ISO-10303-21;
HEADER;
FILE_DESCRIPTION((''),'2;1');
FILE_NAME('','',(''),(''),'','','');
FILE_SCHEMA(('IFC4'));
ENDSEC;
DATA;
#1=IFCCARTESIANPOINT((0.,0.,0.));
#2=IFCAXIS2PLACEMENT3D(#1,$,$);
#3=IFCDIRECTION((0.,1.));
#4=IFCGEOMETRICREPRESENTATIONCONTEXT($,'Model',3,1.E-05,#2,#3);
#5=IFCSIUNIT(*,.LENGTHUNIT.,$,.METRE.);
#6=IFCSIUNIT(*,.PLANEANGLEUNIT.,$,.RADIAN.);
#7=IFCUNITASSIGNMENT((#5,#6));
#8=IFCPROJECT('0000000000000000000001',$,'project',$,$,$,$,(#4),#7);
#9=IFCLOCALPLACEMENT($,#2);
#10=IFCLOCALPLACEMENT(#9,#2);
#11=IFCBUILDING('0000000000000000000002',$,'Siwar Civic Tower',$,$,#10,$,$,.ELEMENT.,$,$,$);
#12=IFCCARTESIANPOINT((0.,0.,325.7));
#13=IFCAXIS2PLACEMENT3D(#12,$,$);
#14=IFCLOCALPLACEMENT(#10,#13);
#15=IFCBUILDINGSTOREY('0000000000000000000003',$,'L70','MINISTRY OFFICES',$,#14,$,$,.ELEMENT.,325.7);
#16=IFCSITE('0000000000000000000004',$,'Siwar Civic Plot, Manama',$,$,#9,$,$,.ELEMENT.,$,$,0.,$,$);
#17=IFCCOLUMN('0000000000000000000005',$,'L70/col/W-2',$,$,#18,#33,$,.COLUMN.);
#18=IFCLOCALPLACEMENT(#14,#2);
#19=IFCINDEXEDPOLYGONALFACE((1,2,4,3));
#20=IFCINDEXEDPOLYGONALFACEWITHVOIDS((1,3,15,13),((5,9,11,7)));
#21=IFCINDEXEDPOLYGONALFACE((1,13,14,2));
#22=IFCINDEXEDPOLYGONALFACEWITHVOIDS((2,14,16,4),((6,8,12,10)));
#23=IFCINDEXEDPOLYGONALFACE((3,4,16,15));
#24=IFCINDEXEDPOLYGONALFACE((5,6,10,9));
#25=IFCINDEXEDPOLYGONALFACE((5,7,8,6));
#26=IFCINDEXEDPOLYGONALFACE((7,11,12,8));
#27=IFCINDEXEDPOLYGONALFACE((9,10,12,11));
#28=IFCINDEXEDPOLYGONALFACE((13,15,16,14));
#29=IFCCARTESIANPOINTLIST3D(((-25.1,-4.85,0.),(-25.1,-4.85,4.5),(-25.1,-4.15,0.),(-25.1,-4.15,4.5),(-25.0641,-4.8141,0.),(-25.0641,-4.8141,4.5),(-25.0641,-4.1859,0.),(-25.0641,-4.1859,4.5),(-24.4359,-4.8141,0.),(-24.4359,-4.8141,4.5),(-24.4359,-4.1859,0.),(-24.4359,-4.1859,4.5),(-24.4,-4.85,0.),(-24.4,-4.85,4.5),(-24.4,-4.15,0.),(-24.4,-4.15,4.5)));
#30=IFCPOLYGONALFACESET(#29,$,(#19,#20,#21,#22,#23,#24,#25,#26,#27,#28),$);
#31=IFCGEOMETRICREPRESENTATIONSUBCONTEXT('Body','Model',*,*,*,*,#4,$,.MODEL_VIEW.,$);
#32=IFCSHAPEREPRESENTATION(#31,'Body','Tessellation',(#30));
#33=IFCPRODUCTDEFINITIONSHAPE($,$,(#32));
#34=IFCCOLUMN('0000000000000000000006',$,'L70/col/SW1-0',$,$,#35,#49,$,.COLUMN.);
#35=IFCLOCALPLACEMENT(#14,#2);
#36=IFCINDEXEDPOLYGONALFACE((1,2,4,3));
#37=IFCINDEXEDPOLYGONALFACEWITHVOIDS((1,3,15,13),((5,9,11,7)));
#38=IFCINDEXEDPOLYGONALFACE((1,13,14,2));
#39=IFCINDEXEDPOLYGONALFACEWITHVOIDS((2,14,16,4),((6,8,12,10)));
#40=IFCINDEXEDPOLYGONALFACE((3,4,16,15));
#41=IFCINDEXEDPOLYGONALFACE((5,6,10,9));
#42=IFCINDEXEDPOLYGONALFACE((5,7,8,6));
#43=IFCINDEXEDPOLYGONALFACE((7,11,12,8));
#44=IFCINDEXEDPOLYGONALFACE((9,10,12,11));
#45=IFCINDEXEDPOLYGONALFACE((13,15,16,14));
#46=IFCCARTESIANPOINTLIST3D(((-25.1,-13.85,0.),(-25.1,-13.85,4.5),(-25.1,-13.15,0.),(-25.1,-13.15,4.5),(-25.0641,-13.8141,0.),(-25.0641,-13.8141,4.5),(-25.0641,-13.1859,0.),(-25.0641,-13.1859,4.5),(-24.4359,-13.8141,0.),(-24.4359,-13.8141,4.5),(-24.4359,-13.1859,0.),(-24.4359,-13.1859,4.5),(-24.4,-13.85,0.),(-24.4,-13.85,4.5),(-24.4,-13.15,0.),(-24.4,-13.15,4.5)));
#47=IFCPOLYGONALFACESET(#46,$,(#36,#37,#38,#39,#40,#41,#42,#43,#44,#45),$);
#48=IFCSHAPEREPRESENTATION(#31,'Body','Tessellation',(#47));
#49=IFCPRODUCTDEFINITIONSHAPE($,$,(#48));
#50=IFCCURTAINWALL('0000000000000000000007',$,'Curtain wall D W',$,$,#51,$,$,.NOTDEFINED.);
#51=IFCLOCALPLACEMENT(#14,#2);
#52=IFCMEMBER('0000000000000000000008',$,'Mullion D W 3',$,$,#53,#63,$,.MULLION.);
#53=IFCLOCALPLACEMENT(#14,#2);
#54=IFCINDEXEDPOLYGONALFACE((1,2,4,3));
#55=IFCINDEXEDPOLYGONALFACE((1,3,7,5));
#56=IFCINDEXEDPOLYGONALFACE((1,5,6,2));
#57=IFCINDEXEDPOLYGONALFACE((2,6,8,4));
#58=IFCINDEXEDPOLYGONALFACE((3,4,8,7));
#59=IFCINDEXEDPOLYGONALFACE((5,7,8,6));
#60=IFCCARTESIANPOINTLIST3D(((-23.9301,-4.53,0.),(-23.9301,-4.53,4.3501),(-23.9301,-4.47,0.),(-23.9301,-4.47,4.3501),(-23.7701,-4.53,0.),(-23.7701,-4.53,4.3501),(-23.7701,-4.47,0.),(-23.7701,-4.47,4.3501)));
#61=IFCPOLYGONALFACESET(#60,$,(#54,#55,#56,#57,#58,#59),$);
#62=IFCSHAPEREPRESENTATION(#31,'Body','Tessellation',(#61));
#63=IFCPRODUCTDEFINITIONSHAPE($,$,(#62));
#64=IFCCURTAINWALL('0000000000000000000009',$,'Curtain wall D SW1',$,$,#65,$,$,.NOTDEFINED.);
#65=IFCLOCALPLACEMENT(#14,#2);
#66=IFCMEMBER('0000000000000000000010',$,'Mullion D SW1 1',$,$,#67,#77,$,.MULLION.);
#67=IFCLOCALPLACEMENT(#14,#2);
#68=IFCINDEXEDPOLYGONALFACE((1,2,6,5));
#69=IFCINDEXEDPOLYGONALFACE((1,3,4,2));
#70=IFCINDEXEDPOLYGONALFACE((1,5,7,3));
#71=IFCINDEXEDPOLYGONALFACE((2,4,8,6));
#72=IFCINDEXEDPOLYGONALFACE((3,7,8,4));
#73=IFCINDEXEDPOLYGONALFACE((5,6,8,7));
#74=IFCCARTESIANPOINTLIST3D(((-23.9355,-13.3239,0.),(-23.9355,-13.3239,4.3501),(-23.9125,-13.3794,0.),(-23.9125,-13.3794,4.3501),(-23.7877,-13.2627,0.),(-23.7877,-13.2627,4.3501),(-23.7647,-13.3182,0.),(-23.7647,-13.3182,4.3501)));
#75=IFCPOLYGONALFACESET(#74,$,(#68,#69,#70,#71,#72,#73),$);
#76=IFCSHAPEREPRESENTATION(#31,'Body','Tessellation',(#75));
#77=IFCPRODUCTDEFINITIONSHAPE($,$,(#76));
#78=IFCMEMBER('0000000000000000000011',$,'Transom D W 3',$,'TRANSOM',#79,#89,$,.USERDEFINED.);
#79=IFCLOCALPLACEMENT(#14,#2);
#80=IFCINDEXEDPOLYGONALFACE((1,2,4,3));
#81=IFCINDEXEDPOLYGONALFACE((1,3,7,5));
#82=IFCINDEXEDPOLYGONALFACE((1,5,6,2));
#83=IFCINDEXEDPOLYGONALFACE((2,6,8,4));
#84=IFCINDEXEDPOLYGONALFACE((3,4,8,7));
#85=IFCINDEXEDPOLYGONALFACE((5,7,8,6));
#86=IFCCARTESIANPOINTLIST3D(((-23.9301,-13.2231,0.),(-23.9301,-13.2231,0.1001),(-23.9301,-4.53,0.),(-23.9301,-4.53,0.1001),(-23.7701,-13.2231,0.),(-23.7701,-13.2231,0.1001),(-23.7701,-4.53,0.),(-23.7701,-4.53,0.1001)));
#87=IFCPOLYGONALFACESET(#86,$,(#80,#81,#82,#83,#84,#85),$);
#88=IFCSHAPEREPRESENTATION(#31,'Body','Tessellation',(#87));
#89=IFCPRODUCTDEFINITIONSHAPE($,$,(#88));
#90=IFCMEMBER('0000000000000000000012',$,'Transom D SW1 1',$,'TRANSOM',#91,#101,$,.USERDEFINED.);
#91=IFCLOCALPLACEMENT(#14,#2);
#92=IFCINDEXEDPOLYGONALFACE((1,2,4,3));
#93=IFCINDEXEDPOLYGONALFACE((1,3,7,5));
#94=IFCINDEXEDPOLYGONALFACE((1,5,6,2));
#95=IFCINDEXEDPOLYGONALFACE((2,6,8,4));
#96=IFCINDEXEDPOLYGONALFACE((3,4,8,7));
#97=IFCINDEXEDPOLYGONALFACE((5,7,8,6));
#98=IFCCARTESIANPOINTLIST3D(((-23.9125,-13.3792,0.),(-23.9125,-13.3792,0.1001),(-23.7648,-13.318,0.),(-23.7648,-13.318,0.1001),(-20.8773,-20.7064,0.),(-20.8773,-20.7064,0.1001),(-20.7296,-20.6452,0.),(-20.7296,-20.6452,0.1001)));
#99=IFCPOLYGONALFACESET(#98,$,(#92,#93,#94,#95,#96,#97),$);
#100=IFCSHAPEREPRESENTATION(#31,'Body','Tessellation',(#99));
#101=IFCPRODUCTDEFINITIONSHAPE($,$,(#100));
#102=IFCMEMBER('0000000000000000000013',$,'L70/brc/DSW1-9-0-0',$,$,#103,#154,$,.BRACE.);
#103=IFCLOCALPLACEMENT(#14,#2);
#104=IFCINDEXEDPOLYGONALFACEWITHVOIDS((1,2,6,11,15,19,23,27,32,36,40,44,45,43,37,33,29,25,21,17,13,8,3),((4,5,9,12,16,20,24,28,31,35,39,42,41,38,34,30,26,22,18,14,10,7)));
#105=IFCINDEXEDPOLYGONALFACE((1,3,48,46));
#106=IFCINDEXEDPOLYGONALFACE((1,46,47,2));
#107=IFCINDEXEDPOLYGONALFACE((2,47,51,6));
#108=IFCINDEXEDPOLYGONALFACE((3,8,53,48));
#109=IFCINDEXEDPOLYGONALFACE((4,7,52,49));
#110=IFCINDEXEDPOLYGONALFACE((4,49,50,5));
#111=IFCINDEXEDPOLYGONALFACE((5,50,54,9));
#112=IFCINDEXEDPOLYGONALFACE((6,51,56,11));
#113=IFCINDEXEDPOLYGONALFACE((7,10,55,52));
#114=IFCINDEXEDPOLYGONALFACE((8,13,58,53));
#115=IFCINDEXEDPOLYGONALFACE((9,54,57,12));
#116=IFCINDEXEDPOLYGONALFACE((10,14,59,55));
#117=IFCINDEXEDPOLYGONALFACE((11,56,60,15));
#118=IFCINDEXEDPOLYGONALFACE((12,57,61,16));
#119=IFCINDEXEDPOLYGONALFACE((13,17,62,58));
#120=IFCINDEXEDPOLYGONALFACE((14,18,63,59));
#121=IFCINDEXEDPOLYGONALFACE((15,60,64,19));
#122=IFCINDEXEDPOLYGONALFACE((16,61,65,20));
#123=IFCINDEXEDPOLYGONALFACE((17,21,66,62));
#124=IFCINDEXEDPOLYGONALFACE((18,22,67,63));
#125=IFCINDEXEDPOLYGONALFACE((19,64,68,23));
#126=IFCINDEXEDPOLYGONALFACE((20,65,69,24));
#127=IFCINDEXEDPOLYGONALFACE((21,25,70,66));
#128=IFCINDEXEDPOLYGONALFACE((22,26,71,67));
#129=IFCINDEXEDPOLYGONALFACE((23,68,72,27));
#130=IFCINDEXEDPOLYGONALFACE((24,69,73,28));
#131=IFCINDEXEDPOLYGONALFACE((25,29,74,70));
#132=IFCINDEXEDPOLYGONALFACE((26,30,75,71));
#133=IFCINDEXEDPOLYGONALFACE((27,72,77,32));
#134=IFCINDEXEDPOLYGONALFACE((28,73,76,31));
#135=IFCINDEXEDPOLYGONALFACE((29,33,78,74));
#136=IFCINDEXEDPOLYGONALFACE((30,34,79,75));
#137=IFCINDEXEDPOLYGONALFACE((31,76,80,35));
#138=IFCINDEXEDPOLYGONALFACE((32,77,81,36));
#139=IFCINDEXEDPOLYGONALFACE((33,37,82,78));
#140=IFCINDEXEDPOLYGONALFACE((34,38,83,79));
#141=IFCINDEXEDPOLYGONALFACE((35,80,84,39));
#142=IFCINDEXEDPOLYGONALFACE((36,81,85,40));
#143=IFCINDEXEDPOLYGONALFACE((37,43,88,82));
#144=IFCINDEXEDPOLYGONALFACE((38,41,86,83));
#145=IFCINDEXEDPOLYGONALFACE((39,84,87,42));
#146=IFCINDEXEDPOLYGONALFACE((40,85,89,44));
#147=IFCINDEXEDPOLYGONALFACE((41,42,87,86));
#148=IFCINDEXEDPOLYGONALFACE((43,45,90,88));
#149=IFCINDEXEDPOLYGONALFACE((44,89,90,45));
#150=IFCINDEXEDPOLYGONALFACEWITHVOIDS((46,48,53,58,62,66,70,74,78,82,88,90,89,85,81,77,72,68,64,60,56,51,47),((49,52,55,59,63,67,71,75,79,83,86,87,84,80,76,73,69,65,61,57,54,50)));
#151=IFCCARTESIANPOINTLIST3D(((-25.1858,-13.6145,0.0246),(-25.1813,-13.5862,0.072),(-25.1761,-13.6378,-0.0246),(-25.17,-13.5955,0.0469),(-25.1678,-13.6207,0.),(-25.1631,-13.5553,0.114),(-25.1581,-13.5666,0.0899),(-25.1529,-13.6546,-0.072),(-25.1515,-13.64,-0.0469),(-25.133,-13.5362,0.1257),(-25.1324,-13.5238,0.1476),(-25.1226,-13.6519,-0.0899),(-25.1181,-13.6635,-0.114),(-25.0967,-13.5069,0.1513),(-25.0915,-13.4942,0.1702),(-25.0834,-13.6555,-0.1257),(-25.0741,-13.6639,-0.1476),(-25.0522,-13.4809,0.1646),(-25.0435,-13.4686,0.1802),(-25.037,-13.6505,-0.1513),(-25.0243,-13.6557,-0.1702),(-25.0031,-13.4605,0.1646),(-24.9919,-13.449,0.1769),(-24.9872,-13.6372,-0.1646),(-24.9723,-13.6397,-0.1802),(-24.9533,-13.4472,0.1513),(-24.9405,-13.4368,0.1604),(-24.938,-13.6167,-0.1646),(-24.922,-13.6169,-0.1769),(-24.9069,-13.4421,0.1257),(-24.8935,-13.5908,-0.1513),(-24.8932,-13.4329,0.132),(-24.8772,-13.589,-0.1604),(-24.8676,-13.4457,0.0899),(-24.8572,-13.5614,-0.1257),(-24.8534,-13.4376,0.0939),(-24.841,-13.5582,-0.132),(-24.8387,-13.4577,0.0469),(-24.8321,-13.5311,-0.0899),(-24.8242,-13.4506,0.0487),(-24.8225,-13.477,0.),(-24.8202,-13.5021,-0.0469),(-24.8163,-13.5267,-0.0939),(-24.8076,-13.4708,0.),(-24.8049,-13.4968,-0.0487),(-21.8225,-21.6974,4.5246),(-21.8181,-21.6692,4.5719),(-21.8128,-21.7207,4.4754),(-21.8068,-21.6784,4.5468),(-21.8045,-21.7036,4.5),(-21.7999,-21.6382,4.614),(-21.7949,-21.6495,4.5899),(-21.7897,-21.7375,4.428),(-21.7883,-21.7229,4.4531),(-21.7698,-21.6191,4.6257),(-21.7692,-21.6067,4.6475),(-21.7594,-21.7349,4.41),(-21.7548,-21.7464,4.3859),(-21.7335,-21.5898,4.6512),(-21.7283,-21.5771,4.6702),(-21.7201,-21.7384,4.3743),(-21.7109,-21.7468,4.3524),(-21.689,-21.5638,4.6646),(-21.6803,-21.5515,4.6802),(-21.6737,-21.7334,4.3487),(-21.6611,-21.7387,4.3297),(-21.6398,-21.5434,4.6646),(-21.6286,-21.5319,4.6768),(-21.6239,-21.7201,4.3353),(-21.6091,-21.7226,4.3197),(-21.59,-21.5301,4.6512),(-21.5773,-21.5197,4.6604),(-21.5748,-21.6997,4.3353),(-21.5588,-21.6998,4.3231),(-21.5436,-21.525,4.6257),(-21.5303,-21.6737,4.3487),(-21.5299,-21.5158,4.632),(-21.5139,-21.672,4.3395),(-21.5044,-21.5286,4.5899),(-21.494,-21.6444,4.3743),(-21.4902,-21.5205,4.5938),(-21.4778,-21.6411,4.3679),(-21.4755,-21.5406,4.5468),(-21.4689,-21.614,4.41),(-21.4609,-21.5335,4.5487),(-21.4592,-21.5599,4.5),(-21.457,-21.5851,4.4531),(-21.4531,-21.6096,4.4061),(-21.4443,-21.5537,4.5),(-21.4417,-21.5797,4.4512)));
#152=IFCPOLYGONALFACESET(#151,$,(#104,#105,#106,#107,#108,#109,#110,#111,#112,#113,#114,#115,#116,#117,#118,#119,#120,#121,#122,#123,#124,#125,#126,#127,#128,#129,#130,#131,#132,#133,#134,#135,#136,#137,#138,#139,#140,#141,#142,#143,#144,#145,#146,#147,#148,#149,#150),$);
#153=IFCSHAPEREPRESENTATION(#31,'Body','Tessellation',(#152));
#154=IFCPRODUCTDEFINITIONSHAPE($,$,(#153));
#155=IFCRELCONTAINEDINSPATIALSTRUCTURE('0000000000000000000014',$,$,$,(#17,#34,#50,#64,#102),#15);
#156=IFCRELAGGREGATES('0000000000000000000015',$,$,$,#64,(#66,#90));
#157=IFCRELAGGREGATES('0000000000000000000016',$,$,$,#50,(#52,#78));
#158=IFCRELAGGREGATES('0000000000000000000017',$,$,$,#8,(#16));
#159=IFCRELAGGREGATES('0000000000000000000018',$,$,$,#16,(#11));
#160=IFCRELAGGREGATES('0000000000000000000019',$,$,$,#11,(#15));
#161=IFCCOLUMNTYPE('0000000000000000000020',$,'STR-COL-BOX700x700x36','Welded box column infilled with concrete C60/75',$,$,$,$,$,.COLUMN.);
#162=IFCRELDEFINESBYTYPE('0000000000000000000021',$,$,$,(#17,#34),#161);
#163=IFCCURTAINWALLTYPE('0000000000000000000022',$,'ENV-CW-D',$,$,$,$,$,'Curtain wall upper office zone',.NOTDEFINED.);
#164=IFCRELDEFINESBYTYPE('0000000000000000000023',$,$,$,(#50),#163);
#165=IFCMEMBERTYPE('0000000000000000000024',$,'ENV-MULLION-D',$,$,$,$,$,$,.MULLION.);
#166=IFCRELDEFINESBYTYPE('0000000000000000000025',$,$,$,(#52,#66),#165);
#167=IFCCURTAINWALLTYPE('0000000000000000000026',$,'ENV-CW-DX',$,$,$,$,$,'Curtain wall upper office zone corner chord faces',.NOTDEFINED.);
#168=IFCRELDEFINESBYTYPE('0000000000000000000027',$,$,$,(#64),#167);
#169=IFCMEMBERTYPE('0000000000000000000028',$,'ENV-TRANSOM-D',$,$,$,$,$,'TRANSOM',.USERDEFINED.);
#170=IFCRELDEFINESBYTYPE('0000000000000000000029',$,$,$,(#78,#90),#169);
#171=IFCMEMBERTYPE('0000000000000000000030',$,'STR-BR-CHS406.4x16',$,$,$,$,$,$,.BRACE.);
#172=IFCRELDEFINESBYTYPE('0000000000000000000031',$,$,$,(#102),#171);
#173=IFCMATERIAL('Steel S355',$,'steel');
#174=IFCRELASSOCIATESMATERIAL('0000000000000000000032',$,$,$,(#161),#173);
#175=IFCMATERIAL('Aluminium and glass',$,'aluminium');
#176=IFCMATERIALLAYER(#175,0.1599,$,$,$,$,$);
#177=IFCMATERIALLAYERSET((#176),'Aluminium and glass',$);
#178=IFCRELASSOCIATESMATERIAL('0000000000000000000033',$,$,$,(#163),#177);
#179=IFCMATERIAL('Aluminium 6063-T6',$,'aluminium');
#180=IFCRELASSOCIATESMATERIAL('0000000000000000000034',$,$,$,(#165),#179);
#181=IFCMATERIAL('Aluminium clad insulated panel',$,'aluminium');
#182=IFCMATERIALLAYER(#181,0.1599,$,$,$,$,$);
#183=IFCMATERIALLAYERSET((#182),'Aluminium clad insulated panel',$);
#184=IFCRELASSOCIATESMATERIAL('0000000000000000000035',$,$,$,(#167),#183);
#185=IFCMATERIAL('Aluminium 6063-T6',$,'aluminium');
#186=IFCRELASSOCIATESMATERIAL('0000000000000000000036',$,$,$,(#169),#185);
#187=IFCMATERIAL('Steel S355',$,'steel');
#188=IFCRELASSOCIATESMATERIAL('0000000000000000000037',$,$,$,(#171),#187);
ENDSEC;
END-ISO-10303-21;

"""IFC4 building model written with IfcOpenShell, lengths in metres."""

from ifc_helpers import new_model, si_unit, direction, frame, origin, origin_2d, place, context, subcontext, project, spatial, rectangle, hollow_rectangle, hollow_circle, extrude, material, layer, layer_set, material_profile, profile_set, type_object, element, aggregate, save


model = new_model("IFC4")

# Units and contexts
model_context = context("Model", 3, precision=1e-05, world=origin(), true_north=direction((0.0, 1.0)))
body_context = subcontext(model_context, "Body", "Model", "MODEL_VIEW")
ifc_project = project(units=[si_unit("LENGTHUNIT", "METRE"), si_unit("PLANEANGLEUNIT", "RADIAN")], contexts=[model_context])

# Site, building, storey
site_placement = place(None, origin())
site = spatial("IfcSite", under=ifc_project, at=site_placement, Name="Siwar Civic Plot, Manama", CompositionType="ELEMENT", RefElevation=0.0)
building_placement = place(site_placement, origin())
building = spatial("IfcBuilding", under=site, at=building_placement, Name="Siwar Civic Tower", CompositionType="ELEMENT")
storey_placement = place(building_placement, frame((0.0, 0.0, 325.7)))
storey = spatial("IfcBuildingStorey", under=building, at=storey_placement, Name="L70", Description="MINISTRY OFFICES", CompositionType="ELEMENT", Elevation=325.7)

# Columns
ifc_material_1 = material(Name="Steel S355", Category="steel")
ifc_material_profile_1 = material_profile(ifc_material_1, hollow_rectangle(XDim=0.7, YDim=0.7, WallThickness=0.0359, at=origin_2d()), Name="BOX700x700x36")
ifc_profile_set_1 = profile_set([ifc_material_profile_1], Name="Steel S355")
column_type = type_object("IfcColumnType", Name="STR-COL-BOX700x700x36", Description="Welded box column infilled with concrete C60/75", PredefinedType="COLUMN", material=ifc_profile_set_1)
for number, where, z_axis, x_axis, name in (
    (1, (-24.75, -4.5, 0.0), (0.0, 0.0, 1.0), (1.0, 0.0, 0.0), "L70/col/W-2"),
    (2, (-24.75, -13.5, 0.0), (0.0, 0.0, 1.0), (1.0, 0.0, 0.0), "L70/col/SW1-0"),
):
    element("IfcColumn", number, at=place(storey_placement, frame(where, z_axis=z_axis, x_axis=x_axis)), inside=storey, type_object=column_type, Name=name, PredefinedType="COLUMN", context=body_context, shape_type="SweptSolid", body=[
        extrude(hollow_rectangle(XDim=0.7, YDim=0.7, WallThickness=0.0359, at=origin_2d()), origin(), (0.0, 0.0, 1.0), 4.5),
    ])

# Curtain walls, members
ifc_material_2 = material(Name="Aluminium and glass", Category="aluminium")
ifc_layer_1 = layer(ifc_material_2, 0.1599)
ifc_layer_set_1 = layer_set([ifc_layer_1], Name="Aluminium and glass")
curtain_wall_type_1 = type_object("IfcCurtainWallType", Name="ENV-CW-D", ElementType="Curtain wall upper office zone", PredefinedType="NOTDEFINED", material=ifc_layer_set_1)
curtain_wall_1_placement = place(storey_placement, origin())
curtain_wall_1 = element("IfcCurtainWall", 3, at=curtain_wall_1_placement, inside=storey, type_object=curtain_wall_type_1, Name="Curtain wall D W", PredefinedType="NOTDEFINED")
ifc_material_3 = material(Name="Aluminium 6063-T6", Category="aluminium")
ifc_material_profile_2 = material_profile(ifc_material_3, rectangle(XDim=0.1599, YDim=0.0601, at=origin_2d()), Name="AL 160x60")
ifc_profile_set_2 = profile_set([ifc_material_profile_2], Name="Aluminium 6063-T6")
member_type_1 = type_object("IfcMemberType", Name="ENV-MULLION-D", PredefinedType="MULLION", material=ifc_profile_set_2)
member_1_placement = place(storey_placement, frame((-23.8501, -4.5, 0.0), z_axis=(0.0, 0.0, 1.0), x_axis=(1.0, 0.0, 0.0)))
member_1 = element("IfcMember", 4, at=member_1_placement, type_object=member_type_1, Name="Mullion D W 3", PredefinedType="MULLION", context=body_context, shape_type="SweptSolid", body=[
    extrude(rectangle(XDim=0.1599, YDim=0.0601, at=origin_2d()), origin(), (0.0, 0.0, 1.0), 4.3501),
])
ifc_material_4 = material(Name="Aluminium clad insulated panel", Category="aluminium")
ifc_layer_2 = layer(ifc_material_4, 0.1599)
ifc_layer_set_2 = layer_set([ifc_layer_2], Name="Aluminium clad insulated panel")
curtain_wall_type_2 = type_object("IfcCurtainWallType", Name="ENV-CW-DX", ElementType="Curtain wall upper office zone corner chord faces", PredefinedType="NOTDEFINED", material=ifc_layer_set_2)
curtain_wall_2_placement = place(storey_placement, origin())
curtain_wall_2 = element("IfcCurtainWall", 5, at=curtain_wall_2_placement, inside=storey, type_object=curtain_wall_type_2, Name="Curtain wall D SW1", PredefinedType="NOTDEFINED")
member_2_placement = place(storey_placement, frame((-23.8501, -13.321, 0.0), z_axis=(0.0, 0.0, 1.0), x_axis=(0.92388, 0.382683, 0.0)))
member_2 = element("IfcMember", 6, at=member_2_placement, type_object=member_type_1, Name="Mullion D SW1 1", PredefinedType="MULLION", context=body_context, shape_type="SweptSolid", body=[
    extrude(rectangle(XDim=0.1599, YDim=0.0601, at=origin_2d()), origin(), (0.0, 0.0, 1.0), 4.3501),
])

# Members
ifc_material_5 = material(Name="Aluminium 6063-T6", Category="aluminium")
ifc_material_profile_3 = material_profile(ifc_material_5, rectangle(XDim=0.1599, YDim=0.1001, at=origin_2d()), Name="AL 160x100")
ifc_profile_set_3 = profile_set([ifc_material_profile_3], Name="Aluminium 6063-T6")
member_type_2 = type_object("IfcMemberType", Name="ENV-TRANSOM-D", ElementType="TRANSOM", PredefinedType="USERDEFINED", material=ifc_profile_set_3)
member_3_placement = place(storey_placement, frame((-23.8501, -4.53, 0.05), z_axis=(0.0, -1.0, 0.0), x_axis=(1.0, 0.0, 0.0)))
member_3 = element("IfcMember", 7, at=member_3_placement, type_object=member_type_2, Name="Transom D W 3", ObjectType="TRANSOM", PredefinedType="USERDEFINED", context=body_context, shape_type="SweptSolid", body=[
    extrude(rectangle(XDim=0.1599, YDim=0.1001, at=origin_2d()), origin(), (0.0, 0.0, 1.0), 8.6931),
])
member_4_placement = place(storey_placement, frame((-23.8386, -13.3486, 0.05), z_axis=(0.3827, -0.923873, 0.0), x_axis=(0.923873, 0.3827, 0.0)))
member_4 = element("IfcMember", 8, at=member_4_placement, type_object=member_type_2, Name="Transom D SW1 1", ObjectType="TRANSOM", PredefinedType="USERDEFINED", context=body_context, shape_type="SweptSolid", body=[
    extrude(rectangle(XDim=0.1599, YDim=0.1001, at=origin_2d()), origin(), (0.0, 0.0, 1.0), 7.9309),
])
aggregate(curtain_wall_2, [member_2, member_4])
ifc_material_6 = material(Name="Steel S355", Category="steel")
ifc_material_profile_4 = material_profile(ifc_material_6, hollow_circle(Radius=0.2031, WallThickness=0.0161, at=origin_2d()), Name="CHS406.4x16")
ifc_profile_set_4 = profile_set([ifc_material_profile_4], Name="Steel S355")
member_type_3 = type_object("IfcMemberType", Name="STR-BR-CHS406.4x16", PredefinedType="BRACE", material=ifc_profile_set_4)
member_5_placement = place(storey_placement, frame((-24.9951, -13.5488, 0.0), z_axis=(0.341671, -0.821143, 0.457149), x_axis=(0.923265, 0.384164, 0.0)))
element("IfcMember", 9, at=member_5_placement, inside=storey, type_object=member_type_3, Name="L70/brc/DSW1-9-0-0", PredefinedType="BRACE", context=body_context, shape_type="SweptSolid", body=[
    extrude(hollow_circle(Radius=0.2031, WallThickness=0.0161, at=origin_2d()), origin(), (0.0, 0.0, 1.0), 9.8435),
])

aggregate(curtain_wall_1, [member_1, member_3])

save(model, "model.ifc")
